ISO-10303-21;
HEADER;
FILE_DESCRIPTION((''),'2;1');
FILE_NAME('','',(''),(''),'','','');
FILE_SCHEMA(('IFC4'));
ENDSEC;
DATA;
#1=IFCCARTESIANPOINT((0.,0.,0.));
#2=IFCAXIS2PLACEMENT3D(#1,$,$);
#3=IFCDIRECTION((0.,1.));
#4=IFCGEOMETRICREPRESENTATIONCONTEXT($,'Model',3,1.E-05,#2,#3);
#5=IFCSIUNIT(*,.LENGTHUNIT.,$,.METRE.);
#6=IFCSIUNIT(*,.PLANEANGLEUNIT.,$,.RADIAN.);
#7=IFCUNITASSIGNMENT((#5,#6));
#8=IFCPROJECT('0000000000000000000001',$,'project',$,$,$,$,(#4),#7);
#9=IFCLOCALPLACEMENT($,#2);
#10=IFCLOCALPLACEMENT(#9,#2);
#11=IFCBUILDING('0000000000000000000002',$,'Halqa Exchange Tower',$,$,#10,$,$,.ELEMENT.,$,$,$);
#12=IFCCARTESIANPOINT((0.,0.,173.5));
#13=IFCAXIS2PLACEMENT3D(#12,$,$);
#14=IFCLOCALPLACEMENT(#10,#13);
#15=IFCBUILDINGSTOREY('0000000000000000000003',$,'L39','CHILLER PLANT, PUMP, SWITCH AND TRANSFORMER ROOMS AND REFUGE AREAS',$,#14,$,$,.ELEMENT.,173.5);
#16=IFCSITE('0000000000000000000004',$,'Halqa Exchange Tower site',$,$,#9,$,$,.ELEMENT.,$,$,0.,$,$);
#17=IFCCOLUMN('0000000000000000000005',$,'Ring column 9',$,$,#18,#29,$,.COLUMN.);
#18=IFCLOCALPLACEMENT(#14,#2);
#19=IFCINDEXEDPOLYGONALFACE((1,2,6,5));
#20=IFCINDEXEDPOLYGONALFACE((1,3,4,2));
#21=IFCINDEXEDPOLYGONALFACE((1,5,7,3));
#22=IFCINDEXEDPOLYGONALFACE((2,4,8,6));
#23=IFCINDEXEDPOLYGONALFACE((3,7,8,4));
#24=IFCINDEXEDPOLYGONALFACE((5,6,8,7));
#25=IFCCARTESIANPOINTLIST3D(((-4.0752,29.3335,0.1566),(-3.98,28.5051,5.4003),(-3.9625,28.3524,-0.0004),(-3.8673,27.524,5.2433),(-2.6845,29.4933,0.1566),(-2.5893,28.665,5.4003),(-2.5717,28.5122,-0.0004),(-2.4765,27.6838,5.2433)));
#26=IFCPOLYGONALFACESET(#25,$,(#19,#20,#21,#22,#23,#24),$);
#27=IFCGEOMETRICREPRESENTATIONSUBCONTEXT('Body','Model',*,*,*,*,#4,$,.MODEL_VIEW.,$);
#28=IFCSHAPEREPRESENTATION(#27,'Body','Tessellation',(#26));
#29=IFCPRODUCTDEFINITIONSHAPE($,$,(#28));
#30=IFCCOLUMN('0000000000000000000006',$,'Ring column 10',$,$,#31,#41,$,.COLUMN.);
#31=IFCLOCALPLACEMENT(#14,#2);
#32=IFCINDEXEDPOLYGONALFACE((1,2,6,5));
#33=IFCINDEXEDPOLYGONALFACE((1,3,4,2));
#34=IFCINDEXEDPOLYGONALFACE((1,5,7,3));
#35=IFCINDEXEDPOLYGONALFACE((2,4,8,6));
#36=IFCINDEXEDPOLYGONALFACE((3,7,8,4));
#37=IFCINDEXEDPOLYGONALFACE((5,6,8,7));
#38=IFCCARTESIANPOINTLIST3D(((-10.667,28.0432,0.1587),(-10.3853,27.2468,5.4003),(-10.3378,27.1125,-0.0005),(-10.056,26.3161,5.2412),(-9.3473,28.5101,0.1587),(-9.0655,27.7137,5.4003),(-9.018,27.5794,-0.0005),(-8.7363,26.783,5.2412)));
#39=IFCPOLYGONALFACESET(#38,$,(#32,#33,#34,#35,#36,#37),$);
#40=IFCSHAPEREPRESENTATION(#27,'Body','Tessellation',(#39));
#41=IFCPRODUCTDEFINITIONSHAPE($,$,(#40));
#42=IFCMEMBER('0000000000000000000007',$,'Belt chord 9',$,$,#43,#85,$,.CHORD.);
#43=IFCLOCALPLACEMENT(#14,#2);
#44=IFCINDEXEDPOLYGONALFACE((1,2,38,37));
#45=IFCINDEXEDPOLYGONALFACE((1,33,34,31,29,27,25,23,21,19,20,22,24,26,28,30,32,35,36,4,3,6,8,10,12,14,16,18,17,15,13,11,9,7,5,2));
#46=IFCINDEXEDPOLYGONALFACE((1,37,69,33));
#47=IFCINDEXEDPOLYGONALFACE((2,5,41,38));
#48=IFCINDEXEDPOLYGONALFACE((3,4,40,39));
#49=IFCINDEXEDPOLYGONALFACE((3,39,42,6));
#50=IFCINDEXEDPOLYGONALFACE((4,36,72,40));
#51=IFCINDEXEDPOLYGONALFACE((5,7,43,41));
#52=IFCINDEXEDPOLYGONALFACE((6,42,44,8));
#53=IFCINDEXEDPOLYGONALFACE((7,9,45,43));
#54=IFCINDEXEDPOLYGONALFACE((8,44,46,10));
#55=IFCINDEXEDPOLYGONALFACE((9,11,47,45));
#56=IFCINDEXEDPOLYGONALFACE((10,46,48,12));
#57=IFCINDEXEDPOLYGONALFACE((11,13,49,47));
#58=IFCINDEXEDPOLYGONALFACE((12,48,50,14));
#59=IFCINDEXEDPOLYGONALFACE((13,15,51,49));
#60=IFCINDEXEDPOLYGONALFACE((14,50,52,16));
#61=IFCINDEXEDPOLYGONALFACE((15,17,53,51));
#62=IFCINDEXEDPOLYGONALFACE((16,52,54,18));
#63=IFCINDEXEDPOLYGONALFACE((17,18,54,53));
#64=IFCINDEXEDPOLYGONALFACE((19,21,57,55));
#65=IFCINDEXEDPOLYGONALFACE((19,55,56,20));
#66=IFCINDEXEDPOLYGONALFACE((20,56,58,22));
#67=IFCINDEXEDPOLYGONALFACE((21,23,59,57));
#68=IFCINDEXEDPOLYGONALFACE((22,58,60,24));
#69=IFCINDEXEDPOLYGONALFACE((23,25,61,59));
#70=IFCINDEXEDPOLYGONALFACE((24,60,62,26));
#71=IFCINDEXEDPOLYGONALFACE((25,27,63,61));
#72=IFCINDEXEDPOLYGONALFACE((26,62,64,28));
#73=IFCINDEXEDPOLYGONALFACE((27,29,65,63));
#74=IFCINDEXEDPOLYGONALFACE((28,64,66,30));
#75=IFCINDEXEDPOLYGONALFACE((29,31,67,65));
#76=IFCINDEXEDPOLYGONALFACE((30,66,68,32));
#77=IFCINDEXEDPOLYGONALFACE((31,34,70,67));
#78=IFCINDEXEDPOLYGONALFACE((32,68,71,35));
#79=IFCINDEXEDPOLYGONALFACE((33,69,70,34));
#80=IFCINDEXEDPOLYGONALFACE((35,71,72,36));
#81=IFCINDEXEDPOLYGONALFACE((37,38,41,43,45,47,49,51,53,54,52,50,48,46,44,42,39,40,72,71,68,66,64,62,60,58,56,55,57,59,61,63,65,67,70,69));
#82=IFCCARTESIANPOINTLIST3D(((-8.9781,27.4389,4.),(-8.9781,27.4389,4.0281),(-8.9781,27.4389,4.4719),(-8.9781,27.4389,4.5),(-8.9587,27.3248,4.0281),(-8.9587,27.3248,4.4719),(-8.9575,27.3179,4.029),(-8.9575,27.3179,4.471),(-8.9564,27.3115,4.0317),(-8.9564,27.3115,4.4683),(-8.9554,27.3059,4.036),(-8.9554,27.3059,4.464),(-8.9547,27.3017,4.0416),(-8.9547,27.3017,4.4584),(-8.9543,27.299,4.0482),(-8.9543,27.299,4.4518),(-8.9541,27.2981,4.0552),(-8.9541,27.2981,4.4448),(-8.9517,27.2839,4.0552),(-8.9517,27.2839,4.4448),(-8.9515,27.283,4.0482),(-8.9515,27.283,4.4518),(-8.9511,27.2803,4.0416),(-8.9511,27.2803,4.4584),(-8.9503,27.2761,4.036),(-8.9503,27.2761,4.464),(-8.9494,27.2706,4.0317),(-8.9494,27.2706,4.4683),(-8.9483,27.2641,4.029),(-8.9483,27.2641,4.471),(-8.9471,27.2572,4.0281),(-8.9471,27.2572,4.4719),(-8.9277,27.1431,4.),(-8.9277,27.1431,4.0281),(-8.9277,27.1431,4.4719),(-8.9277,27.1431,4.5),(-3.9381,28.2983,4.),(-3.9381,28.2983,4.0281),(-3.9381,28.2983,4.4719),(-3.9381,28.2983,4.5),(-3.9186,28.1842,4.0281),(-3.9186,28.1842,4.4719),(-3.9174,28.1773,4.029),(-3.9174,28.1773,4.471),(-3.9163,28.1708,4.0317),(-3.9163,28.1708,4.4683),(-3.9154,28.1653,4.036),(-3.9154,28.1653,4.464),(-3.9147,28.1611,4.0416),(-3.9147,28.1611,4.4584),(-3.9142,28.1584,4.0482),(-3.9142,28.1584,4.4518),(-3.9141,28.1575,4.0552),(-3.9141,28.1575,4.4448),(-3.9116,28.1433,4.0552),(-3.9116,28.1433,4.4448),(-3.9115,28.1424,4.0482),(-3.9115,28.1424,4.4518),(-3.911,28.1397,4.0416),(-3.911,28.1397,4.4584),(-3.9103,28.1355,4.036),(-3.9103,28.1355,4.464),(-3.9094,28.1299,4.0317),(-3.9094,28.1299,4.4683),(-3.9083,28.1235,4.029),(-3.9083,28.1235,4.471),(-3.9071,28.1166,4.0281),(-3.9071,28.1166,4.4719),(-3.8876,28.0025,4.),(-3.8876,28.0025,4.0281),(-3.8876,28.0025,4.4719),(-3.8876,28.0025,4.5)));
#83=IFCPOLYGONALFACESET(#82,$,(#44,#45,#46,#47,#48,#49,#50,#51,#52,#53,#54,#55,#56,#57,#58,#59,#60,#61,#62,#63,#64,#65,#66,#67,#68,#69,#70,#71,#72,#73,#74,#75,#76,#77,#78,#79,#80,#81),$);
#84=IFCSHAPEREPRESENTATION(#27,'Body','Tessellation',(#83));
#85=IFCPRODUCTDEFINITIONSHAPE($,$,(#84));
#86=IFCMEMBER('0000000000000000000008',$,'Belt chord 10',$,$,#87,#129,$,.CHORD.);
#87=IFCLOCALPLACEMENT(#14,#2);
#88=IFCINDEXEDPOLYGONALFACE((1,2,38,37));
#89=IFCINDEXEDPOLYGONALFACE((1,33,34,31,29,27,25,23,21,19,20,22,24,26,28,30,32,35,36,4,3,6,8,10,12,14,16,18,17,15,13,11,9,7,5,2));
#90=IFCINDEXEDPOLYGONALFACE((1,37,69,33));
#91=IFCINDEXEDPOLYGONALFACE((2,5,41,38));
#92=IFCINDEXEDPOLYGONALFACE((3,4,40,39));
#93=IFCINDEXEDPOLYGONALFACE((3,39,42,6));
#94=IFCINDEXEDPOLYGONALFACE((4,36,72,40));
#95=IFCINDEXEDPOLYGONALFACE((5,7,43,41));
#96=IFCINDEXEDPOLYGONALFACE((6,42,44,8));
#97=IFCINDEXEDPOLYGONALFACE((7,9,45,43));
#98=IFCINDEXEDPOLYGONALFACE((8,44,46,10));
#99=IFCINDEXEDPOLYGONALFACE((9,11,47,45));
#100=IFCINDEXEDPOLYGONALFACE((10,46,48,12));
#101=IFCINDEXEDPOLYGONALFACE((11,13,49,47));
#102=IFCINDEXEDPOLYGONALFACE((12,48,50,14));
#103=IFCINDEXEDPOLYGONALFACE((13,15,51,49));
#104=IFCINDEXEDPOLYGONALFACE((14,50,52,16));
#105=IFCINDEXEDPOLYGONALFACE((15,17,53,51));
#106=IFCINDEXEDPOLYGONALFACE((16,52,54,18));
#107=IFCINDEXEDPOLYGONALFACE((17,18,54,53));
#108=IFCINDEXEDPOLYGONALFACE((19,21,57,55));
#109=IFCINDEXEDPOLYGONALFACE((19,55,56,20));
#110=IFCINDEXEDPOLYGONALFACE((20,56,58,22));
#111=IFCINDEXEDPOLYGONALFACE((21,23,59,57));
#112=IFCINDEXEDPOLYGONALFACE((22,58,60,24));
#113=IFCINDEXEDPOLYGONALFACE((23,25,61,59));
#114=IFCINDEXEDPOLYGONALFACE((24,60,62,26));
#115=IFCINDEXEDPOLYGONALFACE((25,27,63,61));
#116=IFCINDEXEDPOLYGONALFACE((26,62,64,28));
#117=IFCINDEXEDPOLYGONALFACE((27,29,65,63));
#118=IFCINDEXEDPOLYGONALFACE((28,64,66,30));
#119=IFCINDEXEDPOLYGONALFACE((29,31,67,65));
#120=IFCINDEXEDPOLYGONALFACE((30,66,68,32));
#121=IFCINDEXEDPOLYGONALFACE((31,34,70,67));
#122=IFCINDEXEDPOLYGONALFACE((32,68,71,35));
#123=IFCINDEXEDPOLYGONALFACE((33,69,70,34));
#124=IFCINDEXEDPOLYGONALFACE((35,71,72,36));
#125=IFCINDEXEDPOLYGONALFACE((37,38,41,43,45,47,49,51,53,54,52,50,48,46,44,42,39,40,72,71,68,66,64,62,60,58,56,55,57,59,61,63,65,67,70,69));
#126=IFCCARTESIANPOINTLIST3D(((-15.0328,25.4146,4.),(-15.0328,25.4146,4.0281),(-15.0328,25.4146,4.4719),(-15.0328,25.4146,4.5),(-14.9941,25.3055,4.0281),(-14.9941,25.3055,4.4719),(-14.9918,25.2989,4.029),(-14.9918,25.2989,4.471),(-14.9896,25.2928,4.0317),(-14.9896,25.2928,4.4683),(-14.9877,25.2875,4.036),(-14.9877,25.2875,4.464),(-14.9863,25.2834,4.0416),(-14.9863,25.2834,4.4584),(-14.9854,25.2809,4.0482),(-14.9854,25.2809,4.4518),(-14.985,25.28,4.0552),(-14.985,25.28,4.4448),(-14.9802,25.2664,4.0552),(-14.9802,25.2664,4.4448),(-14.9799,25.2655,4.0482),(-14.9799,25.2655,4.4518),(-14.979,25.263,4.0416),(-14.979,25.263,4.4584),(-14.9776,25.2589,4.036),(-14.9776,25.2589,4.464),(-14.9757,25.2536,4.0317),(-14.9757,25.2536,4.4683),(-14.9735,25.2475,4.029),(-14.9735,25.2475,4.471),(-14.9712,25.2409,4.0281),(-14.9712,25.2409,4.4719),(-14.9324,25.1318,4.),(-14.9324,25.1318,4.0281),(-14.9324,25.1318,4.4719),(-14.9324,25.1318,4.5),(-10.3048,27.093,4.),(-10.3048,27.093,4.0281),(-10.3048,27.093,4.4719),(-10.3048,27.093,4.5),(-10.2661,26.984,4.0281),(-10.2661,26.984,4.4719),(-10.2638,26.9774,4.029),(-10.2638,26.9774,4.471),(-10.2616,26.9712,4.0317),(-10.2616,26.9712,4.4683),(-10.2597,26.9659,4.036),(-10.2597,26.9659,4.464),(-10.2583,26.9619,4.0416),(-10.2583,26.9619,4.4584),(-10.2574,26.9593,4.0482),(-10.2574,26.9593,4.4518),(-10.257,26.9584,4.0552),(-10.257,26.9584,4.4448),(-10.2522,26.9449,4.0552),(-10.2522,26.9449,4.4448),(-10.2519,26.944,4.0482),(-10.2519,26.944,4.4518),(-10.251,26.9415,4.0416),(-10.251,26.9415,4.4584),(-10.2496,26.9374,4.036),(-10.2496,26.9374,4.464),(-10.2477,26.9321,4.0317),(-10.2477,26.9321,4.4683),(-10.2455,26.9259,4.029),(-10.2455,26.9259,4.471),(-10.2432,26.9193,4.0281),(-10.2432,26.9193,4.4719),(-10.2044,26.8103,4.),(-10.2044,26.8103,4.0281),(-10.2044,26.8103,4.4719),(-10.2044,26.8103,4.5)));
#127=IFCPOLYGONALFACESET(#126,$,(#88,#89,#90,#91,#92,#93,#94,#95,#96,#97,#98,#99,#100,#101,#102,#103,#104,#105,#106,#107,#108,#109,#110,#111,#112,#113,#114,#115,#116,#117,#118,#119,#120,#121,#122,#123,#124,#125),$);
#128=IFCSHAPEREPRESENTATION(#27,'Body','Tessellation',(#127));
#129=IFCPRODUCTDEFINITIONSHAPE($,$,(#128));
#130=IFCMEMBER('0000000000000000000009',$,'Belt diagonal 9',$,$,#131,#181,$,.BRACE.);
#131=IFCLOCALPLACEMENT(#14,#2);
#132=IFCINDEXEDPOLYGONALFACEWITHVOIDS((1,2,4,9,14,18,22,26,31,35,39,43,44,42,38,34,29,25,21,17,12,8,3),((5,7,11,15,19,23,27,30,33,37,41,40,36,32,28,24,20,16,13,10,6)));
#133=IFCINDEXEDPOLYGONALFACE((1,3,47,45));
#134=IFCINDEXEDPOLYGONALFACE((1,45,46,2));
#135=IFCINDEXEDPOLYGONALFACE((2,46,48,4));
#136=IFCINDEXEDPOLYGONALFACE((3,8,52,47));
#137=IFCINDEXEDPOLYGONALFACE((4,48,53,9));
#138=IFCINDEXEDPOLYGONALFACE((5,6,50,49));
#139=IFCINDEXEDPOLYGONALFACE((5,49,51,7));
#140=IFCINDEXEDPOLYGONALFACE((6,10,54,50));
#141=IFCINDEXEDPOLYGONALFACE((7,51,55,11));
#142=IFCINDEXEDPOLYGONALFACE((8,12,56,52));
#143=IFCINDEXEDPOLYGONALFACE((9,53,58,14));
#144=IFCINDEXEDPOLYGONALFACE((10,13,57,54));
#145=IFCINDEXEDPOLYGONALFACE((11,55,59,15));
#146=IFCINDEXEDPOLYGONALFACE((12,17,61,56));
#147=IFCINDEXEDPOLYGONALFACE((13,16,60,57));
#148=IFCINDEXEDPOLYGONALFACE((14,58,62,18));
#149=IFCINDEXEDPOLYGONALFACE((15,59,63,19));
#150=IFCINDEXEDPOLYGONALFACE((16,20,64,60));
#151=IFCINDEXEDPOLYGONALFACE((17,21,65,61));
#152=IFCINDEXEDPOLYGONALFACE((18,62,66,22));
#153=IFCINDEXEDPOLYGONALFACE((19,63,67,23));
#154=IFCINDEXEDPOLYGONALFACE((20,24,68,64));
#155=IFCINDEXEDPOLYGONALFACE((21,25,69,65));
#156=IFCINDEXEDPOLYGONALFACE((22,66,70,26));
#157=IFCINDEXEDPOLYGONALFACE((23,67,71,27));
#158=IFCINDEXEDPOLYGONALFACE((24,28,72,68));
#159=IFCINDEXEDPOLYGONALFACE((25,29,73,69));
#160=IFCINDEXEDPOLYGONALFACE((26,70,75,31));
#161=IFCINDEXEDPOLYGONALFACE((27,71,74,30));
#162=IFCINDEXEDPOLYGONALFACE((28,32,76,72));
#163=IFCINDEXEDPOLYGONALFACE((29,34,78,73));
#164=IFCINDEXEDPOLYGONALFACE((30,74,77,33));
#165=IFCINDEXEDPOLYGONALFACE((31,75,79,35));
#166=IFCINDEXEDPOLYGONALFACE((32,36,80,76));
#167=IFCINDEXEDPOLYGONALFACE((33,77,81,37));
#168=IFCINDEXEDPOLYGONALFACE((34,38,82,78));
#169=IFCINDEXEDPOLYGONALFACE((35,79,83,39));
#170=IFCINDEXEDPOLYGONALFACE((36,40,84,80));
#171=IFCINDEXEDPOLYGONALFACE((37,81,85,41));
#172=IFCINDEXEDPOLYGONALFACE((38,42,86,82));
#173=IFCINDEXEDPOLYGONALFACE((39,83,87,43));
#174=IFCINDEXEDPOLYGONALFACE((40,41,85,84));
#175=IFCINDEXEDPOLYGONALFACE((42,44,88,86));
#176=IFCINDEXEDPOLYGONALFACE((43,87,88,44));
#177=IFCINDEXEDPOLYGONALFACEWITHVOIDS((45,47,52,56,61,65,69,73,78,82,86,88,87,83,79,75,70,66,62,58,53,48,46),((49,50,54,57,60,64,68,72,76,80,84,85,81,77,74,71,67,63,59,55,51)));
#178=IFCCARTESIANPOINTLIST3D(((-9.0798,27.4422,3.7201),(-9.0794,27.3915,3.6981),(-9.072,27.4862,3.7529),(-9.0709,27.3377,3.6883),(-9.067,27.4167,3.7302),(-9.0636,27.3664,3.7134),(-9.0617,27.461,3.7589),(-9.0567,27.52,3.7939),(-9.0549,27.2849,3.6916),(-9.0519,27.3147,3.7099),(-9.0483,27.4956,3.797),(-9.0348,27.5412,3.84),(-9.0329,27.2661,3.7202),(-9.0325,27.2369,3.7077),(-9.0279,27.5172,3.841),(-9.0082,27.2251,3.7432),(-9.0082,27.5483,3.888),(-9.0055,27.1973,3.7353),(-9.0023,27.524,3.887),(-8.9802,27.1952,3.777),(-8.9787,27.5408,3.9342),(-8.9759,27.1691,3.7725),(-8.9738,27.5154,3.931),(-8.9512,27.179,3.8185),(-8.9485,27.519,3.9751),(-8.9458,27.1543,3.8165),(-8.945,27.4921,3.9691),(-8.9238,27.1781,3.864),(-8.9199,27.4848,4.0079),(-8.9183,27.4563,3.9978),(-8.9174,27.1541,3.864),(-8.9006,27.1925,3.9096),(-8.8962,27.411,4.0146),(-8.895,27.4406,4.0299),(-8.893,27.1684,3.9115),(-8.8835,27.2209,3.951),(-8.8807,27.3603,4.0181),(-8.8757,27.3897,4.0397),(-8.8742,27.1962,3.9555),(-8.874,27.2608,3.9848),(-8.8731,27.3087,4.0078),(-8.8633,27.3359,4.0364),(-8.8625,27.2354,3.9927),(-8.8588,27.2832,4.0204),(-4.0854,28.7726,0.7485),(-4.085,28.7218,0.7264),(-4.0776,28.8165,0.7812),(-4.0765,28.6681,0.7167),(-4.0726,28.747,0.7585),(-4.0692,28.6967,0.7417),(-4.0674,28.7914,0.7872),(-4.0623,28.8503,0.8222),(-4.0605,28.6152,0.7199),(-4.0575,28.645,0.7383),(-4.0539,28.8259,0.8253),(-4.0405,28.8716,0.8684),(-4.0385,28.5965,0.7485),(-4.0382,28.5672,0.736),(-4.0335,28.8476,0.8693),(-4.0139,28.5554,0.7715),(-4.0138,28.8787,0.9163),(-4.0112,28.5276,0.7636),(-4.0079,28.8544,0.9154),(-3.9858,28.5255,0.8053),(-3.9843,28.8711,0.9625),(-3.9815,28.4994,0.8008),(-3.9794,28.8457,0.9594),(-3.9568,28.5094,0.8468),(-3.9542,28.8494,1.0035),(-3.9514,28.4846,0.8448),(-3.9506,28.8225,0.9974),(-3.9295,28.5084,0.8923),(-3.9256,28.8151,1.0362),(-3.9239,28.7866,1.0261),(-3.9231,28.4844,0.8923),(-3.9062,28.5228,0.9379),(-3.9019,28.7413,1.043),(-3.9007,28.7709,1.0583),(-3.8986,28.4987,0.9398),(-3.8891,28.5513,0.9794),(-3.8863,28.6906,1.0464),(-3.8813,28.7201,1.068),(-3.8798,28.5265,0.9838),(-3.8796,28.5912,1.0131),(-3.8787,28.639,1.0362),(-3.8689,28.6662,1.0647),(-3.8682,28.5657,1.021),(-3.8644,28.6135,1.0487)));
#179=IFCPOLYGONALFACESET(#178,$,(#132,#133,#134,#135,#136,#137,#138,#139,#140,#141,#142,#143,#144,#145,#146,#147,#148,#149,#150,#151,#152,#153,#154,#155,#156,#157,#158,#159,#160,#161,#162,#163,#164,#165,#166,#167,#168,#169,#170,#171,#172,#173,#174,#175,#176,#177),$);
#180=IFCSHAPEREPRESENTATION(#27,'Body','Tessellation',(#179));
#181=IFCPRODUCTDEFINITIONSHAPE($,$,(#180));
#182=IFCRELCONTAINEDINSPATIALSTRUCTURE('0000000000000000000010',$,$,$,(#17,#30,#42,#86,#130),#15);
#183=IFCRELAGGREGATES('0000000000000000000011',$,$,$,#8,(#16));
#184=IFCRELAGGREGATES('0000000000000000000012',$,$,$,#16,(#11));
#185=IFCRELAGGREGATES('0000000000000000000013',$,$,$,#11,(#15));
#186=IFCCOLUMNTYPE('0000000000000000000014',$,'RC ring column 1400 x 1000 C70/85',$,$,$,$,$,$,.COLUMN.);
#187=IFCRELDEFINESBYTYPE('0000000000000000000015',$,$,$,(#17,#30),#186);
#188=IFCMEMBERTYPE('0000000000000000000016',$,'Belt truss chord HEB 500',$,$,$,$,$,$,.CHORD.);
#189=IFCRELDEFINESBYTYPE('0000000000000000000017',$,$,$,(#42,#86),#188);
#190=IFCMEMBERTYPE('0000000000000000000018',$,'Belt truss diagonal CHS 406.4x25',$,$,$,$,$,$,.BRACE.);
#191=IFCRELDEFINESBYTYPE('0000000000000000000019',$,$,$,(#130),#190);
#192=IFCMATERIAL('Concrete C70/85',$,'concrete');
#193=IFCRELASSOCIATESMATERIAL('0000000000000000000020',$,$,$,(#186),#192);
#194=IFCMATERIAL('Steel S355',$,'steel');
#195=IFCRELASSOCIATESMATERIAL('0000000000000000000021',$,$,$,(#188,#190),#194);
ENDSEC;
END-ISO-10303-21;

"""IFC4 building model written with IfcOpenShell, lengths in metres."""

from ifc_helpers import new_model, si_unit, direction, frame, origin, origin_2d, place, context, subcontext, project, spatial, rectangle, hollow_circle, i_section, extrude, material, material_profile, profile_set, type_object, element, save


model = new_model("IFC4")

# Units and contexts
model_context = context("Model", 3, precision=1e-05, world=origin(), true_north=direction((0.0, 1.0)))
body_context = subcontext(model_context, "Body", "Model", "MODEL_VIEW")
ifc_project = project(units=[si_unit("LENGTHUNIT", "METRE"), si_unit("PLANEANGLEUNIT", "RADIAN")], contexts=[model_context])

# Site, building, storey
site_placement = place(None, origin())
site = spatial("IfcSite", under=ifc_project, at=site_placement, Name="Halqa Exchange Tower site", CompositionType="ELEMENT", RefElevation=0.0)
building_placement = place(site_placement, origin())
building = spatial("IfcBuilding", under=site, at=building_placement, Name="Halqa Exchange Tower", CompositionType="ELEMENT")
storey_placement = place(building_placement, frame((0.0, 0.0, 173.5)))
storey = spatial("IfcBuildingStorey", under=building, at=storey_placement, Name="L39", Description="CHILLER PLANT, PUMP, SWITCH AND TRANSFORMER ROOMS AND REFUGE AREAS", CompositionType="ELEMENT", Elevation=173.5)

# Columns
ifc_material_1 = material(Name="Concrete C70/85", Category="concrete")
ifc_material_profile_1 = material_profile(ifc_material_1, rectangle(XDim=1.3999, YDim=1.0, at=origin_2d()), Name="1400 x 1000")
ifc_profile_set_1 = profile_set([ifc_material_profile_1], Name="Concrete C70/85")
column_type = type_object("IfcColumnType", Name="RC ring column 1400 x 1000 C70/85", PredefinedType="COLUMN", material=ifc_profile_set_1)
column_1_placement = place(storey_placement, frame((-3.3235, 28.9229, 0.0781), z_axis=(0.017933, -0.156015, 0.987592), x_axis=(0.993459, 0.114191, 0.0)))
element("IfcColumn", 1, at=column_1_placement, inside=storey, type_object=column_type, Name="Ring column 9", PredefinedType="COLUMN", context=body_context, shape_type="SweptSolid", body=[
    extrude(rectangle(XDim=1.3999, YDim=1.0, at=origin_2d()), origin(), (0.0, 0.0, 1.0), 5.3096),
])
column_2_placement = place(storey_placement, frame((-9.8425, 27.8113, 0.0791), z_axis=(0.053065, -0.149998, 0.987261), x_axis=(0.942745, 0.333515, 0.0)))
element("IfcColumn", 2, at=column_2_placement, inside=storey, type_object=column_type, Name="Ring column 10", PredefinedType="COLUMN", context=body_context, shape_type="SweptSolid", body=[
    extrude(rectangle(XDim=1.3999, YDim=1.0, at=origin_2d()), origin(), (0.0, 0.0, 1.0), 5.3093),
])

# Members
ifc_material_2 = material(Name="Steel S355", Category="steel")
ifc_material_profile_2 = material_profile(ifc_material_2, i_section(OverallWidth=0.3, OverallDepth=0.5, WebThickness=0.0144, FlangeThickness=0.0281, FilletRadius=0.0271, at=origin_2d()), Name="HEB 500")
ifc_profile_set_2 = profile_set([ifc_material_profile_2], Name="Steel S355")
member_type_1 = type_object("IfcMemberType", Name="Belt truss chord HEB 500", PredefinedType="CHORD", material=ifc_profile_set_2)
member_1_placement = place(storey_placement, frame((-3.9128, 28.1504, 4.25), z_axis=(-0.985773, -0.168084, 0.0), x_axis=(0.168084, -0.985773, 0.0)))
element("IfcMember", 3, at=member_1_placement, inside=storey, type_object=member_type_1, Name="Belt chord 9", PredefinedType="CHORD", context=body_context, shape_type="SweptSolid", body=[
    extrude(i_section(OverallWidth=0.3, OverallDepth=0.5, WebThickness=0.0144, FlangeThickness=0.0281, FilletRadius=0.0271, at=origin_2d()), origin(), (0.0, 0.0, 1.0), 5.1128),
])
member_2_placement = place(storey_placement, frame((-10.2546, 26.9517, 4.25), z_axis=(-0.942379, -0.334548, 0.0), x_axis=(0.334548, -0.942379, 0.0)))
element("IfcMember", 4, at=member_2_placement, inside=storey, type_object=member_type_1, Name="Belt chord 10", PredefinedType="CHORD", context=body_context, shape_type="SweptSolid", body=[
    extrude(i_section(OverallWidth=0.3, OverallDepth=0.5, WebThickness=0.0144, FlangeThickness=0.0281, FilletRadius=0.0271, at=origin_2d()), origin(), (0.0, 0.0, 1.0), 5.0171),
])
ifc_material_profile_3 = material_profile(ifc_material_2, hollow_circle(Radius=0.2031, WallThickness=0.0249, at=origin_2d()), Name="CHS 406.4x25")
ifc_profile_set_3 = profile_set([ifc_material_profile_3], Name="Steel S355")
member_type_2 = type_object("IfcMemberType", Name="Belt truss diagonal CHS 406.4x25", PredefinedType="BRACE", material=ifc_profile_set_3)
member_3_placement = place(storey_placement, frame((-3.9753, 28.6807, 0.8923), z_axis=(-0.837714, -0.223136, 0.498443), x_axis=(0.257389, -0.966308, 0.0)))
element("IfcMember", 5, at=member_3_placement, inside=storey, type_object=member_type_2, Name="Belt diagonal 9", PredefinedType="BRACE", context=body_context, shape_type="SweptSolid", body=[
    extrude(hollow_circle(Radius=0.2031, WallThickness=0.0249, at=origin_2d()), origin(), (0.0, 0.0, 1.0), 5.9619),
])

save(model, "model.ifc")
